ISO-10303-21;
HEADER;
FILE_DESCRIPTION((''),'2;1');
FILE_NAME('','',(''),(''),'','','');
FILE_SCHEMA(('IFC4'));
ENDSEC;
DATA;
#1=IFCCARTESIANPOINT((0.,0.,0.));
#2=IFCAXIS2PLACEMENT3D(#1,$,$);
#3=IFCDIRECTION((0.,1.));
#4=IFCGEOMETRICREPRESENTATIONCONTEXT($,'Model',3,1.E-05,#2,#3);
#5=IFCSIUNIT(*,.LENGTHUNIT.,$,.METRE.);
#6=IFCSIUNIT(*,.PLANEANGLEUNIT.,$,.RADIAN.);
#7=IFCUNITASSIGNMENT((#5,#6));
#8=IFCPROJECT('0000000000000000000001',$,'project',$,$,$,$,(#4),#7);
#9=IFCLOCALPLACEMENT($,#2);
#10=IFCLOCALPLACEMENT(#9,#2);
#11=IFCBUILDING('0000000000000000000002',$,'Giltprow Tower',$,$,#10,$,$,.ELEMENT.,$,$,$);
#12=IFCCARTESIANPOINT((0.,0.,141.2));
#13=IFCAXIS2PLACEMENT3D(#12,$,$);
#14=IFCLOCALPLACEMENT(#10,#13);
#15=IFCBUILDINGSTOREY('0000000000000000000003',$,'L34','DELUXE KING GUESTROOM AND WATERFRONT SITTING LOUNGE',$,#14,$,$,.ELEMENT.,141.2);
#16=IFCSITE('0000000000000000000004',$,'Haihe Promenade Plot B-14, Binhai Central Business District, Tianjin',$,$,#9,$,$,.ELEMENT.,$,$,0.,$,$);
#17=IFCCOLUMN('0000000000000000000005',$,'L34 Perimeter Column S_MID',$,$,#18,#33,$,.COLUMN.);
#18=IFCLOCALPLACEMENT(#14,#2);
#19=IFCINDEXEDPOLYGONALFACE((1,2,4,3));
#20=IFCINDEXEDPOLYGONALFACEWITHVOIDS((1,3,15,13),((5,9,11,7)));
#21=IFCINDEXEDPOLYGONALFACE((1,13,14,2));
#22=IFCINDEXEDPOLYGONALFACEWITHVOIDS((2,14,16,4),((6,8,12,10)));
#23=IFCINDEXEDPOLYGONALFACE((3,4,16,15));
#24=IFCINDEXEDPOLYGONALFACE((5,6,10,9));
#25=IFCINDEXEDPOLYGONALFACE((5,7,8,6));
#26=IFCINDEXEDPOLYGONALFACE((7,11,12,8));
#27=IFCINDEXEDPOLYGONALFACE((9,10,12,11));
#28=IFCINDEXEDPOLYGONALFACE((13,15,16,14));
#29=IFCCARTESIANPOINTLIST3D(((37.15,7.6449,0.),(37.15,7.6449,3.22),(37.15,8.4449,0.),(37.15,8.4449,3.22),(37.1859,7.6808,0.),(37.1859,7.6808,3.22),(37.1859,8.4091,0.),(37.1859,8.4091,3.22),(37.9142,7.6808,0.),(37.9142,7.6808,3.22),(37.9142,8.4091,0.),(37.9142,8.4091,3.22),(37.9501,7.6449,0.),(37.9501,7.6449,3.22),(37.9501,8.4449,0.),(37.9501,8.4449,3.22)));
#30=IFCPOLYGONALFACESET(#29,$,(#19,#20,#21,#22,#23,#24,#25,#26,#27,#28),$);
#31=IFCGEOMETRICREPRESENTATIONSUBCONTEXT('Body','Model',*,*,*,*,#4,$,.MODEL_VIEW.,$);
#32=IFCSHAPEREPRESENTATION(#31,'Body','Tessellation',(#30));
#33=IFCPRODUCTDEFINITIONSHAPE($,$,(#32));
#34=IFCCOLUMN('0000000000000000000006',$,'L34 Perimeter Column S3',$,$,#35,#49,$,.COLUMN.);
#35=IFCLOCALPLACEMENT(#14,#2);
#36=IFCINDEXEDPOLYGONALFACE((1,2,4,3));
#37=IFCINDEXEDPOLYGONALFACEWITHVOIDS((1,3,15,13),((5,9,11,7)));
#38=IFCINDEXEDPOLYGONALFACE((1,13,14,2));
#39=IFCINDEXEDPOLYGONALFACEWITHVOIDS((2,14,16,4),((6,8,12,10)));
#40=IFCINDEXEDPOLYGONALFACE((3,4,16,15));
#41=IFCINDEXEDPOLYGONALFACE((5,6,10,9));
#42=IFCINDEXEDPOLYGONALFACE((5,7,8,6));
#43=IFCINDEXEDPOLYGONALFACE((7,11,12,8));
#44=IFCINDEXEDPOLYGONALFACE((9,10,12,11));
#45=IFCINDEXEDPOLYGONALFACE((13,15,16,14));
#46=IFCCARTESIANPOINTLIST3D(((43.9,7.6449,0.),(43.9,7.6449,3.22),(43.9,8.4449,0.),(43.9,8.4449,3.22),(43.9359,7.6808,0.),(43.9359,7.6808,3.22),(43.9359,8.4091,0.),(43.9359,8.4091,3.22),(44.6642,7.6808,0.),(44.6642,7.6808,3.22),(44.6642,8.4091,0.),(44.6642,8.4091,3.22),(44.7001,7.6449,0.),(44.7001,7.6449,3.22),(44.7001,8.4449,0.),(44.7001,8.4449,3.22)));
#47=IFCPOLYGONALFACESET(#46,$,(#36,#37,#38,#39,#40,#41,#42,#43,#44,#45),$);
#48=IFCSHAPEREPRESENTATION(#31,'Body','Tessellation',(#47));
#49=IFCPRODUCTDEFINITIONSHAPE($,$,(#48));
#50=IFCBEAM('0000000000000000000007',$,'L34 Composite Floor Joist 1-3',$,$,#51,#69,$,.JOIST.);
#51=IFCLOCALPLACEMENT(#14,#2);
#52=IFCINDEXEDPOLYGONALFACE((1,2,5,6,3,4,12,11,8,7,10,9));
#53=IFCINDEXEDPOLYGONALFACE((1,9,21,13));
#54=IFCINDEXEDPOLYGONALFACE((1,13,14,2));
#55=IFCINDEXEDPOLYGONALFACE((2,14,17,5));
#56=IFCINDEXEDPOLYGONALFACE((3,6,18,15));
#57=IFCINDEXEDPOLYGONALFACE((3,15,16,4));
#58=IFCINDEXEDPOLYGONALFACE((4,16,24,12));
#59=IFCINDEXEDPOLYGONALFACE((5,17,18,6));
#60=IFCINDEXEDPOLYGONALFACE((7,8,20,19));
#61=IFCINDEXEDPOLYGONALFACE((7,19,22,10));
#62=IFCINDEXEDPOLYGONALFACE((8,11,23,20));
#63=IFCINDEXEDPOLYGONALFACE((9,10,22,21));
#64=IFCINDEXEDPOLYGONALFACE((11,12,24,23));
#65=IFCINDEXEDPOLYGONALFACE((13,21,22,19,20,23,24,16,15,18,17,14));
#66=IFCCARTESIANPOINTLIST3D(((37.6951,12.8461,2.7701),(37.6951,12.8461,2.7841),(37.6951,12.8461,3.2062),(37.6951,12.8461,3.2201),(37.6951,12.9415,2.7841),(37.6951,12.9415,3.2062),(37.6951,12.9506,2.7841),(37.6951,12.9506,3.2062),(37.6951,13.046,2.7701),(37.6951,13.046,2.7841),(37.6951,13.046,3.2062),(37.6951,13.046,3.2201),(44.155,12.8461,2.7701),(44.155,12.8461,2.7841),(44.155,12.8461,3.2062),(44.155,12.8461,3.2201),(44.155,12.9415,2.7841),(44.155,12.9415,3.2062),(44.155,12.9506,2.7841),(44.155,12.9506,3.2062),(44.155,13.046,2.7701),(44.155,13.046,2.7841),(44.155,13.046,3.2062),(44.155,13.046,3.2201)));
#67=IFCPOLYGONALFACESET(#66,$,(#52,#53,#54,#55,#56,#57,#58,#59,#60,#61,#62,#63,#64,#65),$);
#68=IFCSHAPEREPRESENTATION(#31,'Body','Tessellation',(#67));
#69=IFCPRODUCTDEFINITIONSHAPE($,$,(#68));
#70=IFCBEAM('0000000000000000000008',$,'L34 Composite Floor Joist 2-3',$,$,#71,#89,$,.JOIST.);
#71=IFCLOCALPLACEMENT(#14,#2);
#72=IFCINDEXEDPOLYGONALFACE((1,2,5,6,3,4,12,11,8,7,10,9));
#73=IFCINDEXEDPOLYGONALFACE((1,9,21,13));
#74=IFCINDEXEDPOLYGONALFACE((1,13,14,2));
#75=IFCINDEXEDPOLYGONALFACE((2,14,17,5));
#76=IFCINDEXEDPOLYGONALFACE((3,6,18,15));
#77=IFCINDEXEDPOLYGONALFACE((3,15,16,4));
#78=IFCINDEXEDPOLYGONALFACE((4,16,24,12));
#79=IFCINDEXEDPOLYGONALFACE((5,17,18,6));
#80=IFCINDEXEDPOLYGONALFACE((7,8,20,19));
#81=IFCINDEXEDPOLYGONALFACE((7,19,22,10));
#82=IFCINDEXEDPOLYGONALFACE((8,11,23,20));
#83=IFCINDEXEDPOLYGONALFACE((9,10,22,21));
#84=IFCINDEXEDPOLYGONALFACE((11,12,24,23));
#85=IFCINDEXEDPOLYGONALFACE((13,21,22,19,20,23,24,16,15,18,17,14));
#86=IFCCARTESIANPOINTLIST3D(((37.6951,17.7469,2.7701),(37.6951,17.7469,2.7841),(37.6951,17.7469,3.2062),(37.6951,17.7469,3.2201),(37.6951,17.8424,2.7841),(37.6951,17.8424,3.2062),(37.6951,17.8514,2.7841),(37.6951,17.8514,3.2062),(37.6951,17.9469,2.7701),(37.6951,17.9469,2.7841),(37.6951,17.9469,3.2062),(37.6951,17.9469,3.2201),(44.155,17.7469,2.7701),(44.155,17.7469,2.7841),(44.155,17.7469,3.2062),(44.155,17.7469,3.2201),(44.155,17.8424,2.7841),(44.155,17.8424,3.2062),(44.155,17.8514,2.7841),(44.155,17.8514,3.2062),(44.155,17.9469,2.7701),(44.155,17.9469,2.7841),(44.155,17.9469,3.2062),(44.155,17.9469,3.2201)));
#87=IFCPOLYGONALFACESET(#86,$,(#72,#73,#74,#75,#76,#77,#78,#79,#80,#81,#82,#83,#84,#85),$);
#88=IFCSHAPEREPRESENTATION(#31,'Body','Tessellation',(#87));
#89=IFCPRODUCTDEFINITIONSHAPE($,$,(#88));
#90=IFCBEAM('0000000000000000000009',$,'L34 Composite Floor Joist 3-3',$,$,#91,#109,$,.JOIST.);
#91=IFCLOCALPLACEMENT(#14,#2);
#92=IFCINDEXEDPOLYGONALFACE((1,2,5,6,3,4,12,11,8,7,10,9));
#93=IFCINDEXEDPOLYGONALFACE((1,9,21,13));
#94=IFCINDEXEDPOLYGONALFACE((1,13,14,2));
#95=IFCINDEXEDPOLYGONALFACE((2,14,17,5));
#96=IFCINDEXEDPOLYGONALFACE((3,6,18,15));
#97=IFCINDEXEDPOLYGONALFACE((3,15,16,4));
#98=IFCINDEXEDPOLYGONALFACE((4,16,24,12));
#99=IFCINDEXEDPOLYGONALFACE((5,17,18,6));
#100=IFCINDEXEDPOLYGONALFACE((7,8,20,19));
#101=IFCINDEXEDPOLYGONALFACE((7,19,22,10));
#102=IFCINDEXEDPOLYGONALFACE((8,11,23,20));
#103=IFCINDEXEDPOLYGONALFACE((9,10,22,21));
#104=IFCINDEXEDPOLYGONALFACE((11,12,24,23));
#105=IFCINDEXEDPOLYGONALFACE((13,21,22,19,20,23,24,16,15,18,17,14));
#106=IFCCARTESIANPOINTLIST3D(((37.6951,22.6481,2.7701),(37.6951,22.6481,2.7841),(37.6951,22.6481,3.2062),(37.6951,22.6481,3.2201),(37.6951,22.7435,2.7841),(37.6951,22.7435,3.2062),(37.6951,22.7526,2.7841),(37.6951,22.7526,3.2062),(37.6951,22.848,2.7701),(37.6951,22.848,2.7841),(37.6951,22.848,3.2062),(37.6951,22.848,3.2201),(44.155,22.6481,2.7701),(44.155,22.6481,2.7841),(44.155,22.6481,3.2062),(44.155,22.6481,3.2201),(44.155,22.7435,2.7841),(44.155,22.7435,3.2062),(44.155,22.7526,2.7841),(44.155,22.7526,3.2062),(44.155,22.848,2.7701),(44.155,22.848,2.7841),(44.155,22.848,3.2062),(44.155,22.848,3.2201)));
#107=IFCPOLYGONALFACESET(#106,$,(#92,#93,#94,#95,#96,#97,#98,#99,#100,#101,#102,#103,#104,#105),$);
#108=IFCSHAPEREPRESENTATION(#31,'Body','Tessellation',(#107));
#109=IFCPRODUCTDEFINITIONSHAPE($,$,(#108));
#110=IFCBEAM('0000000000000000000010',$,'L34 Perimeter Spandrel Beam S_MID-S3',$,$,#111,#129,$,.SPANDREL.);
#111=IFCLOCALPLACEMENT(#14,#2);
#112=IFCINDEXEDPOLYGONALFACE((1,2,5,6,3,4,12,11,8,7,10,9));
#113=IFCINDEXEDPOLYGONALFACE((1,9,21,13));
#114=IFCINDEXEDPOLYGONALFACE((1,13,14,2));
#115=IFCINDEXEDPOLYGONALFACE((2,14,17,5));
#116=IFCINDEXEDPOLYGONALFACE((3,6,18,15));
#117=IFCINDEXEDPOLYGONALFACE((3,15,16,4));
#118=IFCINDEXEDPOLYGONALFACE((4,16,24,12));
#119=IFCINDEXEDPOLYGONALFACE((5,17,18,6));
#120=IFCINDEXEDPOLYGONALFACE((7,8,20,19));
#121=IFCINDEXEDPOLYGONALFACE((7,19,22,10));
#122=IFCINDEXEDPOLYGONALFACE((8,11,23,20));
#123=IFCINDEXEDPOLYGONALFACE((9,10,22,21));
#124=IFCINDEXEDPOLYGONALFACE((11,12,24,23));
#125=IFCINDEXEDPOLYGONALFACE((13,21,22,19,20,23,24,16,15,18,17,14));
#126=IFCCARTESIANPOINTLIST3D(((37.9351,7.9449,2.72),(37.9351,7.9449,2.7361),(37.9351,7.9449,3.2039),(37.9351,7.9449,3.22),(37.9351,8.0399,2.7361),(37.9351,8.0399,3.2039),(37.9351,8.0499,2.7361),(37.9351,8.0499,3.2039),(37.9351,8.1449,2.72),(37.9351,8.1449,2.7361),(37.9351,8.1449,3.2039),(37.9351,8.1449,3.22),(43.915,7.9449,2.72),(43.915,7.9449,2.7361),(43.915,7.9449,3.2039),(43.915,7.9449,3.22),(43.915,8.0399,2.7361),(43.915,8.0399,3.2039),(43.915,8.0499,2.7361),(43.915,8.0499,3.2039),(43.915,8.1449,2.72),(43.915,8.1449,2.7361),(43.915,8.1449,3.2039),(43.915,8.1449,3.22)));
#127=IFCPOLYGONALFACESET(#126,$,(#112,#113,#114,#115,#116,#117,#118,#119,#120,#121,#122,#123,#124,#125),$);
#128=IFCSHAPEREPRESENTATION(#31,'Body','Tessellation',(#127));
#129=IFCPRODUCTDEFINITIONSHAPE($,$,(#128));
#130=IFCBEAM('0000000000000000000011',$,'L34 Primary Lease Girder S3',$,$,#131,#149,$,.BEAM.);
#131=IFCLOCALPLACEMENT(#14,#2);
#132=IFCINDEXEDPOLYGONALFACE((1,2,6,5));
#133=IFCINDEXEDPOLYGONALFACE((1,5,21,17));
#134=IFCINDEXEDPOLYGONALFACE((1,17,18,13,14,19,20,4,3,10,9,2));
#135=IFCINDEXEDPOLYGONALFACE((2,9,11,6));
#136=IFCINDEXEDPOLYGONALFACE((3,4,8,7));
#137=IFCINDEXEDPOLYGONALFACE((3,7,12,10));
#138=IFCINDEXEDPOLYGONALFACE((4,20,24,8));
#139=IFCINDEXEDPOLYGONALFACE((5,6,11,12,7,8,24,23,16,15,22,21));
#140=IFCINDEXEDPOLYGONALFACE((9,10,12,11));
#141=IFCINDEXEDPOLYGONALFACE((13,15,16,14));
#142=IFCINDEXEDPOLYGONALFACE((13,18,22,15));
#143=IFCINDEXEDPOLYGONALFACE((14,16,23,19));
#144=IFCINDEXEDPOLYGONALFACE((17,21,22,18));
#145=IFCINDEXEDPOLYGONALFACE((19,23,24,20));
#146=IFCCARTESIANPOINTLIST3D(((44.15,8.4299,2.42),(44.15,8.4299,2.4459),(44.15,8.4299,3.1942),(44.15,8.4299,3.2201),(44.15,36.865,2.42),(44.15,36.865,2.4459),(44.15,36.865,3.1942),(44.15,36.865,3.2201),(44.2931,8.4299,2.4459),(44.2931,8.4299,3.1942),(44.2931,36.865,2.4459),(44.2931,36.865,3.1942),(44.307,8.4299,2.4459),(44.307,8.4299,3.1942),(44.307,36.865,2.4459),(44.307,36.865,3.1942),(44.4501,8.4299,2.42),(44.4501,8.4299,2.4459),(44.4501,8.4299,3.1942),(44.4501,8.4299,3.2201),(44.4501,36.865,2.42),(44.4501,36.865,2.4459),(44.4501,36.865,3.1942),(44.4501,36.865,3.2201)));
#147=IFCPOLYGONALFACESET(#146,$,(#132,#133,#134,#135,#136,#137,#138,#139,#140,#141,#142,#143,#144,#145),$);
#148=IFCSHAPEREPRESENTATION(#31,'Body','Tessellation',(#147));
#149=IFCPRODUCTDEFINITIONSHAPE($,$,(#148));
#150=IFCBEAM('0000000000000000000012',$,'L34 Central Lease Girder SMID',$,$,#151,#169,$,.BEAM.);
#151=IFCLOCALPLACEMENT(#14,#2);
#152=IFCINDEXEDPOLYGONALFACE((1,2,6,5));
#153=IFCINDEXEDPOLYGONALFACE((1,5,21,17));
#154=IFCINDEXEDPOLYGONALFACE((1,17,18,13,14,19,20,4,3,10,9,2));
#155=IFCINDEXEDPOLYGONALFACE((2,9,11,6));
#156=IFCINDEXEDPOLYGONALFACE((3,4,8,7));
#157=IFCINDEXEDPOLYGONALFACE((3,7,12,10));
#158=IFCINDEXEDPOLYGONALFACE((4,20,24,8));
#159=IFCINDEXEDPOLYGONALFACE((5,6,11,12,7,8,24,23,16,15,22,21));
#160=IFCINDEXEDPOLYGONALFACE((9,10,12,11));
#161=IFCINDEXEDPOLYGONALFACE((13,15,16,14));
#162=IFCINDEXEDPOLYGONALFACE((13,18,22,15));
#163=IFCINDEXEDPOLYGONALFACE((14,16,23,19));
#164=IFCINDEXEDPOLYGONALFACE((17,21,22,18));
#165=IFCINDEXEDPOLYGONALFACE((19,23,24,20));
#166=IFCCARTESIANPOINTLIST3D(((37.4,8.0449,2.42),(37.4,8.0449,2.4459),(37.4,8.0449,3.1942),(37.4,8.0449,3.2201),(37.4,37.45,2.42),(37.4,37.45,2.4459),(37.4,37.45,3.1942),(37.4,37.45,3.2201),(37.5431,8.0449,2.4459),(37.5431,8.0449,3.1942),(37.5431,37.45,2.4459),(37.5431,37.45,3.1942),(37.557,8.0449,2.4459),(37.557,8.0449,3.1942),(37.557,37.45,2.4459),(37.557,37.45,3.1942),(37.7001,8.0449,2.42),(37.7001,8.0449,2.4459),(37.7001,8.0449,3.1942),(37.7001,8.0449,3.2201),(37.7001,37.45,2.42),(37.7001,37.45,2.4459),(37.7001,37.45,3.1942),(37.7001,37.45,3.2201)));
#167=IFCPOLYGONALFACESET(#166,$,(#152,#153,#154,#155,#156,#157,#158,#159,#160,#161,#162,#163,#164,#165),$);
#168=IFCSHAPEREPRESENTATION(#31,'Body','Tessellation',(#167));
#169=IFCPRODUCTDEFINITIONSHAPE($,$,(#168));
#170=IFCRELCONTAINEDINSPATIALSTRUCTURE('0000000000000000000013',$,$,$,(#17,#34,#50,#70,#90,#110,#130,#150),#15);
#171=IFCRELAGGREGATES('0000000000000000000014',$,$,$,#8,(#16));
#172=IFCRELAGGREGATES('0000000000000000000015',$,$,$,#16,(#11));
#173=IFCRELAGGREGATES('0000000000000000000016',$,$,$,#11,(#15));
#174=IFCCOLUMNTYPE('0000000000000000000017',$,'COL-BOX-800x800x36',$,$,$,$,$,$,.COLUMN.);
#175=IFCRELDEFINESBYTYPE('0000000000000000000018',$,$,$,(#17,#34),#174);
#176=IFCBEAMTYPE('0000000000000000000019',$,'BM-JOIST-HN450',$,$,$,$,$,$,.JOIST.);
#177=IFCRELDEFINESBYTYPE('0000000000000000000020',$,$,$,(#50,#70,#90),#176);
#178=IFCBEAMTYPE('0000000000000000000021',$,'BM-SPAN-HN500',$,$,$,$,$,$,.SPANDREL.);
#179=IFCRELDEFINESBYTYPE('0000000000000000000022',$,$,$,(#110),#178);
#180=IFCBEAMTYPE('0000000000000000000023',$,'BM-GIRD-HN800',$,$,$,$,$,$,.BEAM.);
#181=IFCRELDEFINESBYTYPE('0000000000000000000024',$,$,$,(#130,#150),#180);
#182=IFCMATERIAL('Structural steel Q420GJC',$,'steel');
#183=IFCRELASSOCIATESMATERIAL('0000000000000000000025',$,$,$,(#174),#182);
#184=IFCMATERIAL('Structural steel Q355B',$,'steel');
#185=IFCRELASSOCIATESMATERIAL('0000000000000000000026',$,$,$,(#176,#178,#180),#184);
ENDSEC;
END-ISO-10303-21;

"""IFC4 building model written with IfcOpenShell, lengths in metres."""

from ifc_helpers import new_model, si_unit, direction, frame, origin, origin_2d, place, context, subcontext, project, spatial, hollow_rectangle, i_section, extrude, source, transform, mapped, material, material_profile, profile_set, type_object, element, save


model = new_model("IFC4")

# Units and contexts
model_context = context("Model", 3, precision=1e-05, world=origin(), true_north=direction((0.0, 1.0)))
body_context = subcontext(model_context, "Body", "Model", "MODEL_VIEW")
ifc_project = project(units=[si_unit("LENGTHUNIT", "METRE"), si_unit("PLANEANGLEUNIT", "RADIAN")], contexts=[model_context])

# Site, building, storey
site_placement = place(None, origin())
site = spatial("IfcSite", under=ifc_project, at=site_placement, Name="Haihe Promenade Plot B-14, Binhai Central Business District, Tianjin", CompositionType="ELEMENT", RefElevation=0.0)
building_placement = place(site_placement, origin())
building = spatial("IfcBuilding", under=site, at=building_placement, Name="Giltprow Tower", CompositionType="ELEMENT")
storey_placement = place(building_placement, frame((0.0, 0.0, 141.2)))
storey = spatial("IfcBuildingStorey", under=building, at=storey_placement, Name="L34", Description="DELUXE KING GUESTROOM AND WATERFRONT SITTING LOUNGE", CompositionType="ELEMENT", Elevation=141.2)

# Columns
ifc_material_1 = material(Name="Structural steel Q420GJC", Category="steel")
ifc_material_profile_1 = material_profile(ifc_material_1, hollow_rectangle(XDim=0.8, YDim=0.8, WallThickness=0.0359, at=origin_2d()), Name="BOX 800x800x36")
ifc_profile_set_1 = profile_set([ifc_material_profile_1], Name="Structural steel Q420GJC")
column_type = type_object("IfcColumnType", Name="COL-BOX-800x800x36", PredefinedType="COLUMN", material=ifc_profile_set_1)
shared_shape_1 = source(origin(), body_context, "Body", "SweptSolid", [
    extrude(hollow_rectangle(XDim=0.8, YDim=0.8, WallThickness=0.0359, at=origin_2d()), origin(), (0.0, 0.0, 1.0), 3.22),
])
for number, where, z_axis, x_axis, name in (
    (1, (37.55, 8.0449, 0.0), (0.0, 0.0, 1.0), (1.0, 0.0, 0.0), "L34 Perimeter Column S_MID"),
    (2, (44.3, 8.0449, 0.0), (0.0, 0.0, 1.0), (1.0, 0.0, 0.0), "L34 Perimeter Column S3"),
):
    element("IfcColumn", number, at=place(storey_placement, frame(where, z_axis=z_axis, x_axis=x_axis)), inside=storey, type_object=column_type, Name=name, PredefinedType="COLUMN", context=body_context, shape_type="MappedRepresentation", body=[
        mapped(shared_shape_1, transform((0.0, 0.0, 0.0), x_axis=(1.0, 0.0, 0.0), y_axis=(0.0, 1.0, 0.0), z_axis=(0.0, 0.0, 1.0), scale=1.0)),
    ])

# Beams
ifc_material_2 = material(Name="Structural steel Q355B", Category="steel")
ifc_material_profile_2 = material_profile(ifc_material_2, i_section(OverallWidth=0.2, OverallDepth=0.45, WebThickness=0.009, FlangeThickness=0.0139, at=origin_2d()), Name="HN 450x200x9x14")
ifc_profile_set_2 = profile_set([ifc_material_profile_2], Name="Structural steel Q355B")
beam_type_1 = type_object("IfcBeamType", Name="BM-JOIST-HN450", PredefinedType="JOIST", material=ifc_profile_set_2)
shared_shape_2 = source(origin(), body_context, "Body", "SweptSolid", [
    extrude(i_section(OverallWidth=0.2, OverallDepth=0.45, WebThickness=0.009, FlangeThickness=0.0139, at=origin_2d()), origin(), (0.0, 0.0, 1.0), 6.46),
])
for number, where, z_axis, x_axis, name in (
    (3, (37.6951, 12.946, 2.9951), (1.0, 0.0, 0.0), (0.0, 1.0, 0.0), "L34 Composite Floor Joist 1-3"),
    (4, (37.6951, 17.8469, 2.9951), (1.0, 0.0, 0.0), (0.0, 1.0, 0.0), "L34 Composite Floor Joist 2-3"),
    (5, (37.6951, 22.748, 2.9951), (1.0, 0.0, 0.0), (0.0, 1.0, 0.0), "L34 Composite Floor Joist 3-3"),
):
    element("IfcBeam", number, at=place(storey_placement, frame(where, z_axis=z_axis, x_axis=x_axis)), inside=storey, type_object=beam_type_1, Name=name, PredefinedType="JOIST", context=body_context, shape_type="MappedRepresentation", body=[
        mapped(shared_shape_2, transform((0.0, 0.0, 0.0), x_axis=(1.0, 0.0, 0.0), y_axis=(0.0, 1.0, 0.0), z_axis=(0.0, 0.0, 1.0), scale=1.0)),
    ])
ifc_material_profile_3 = material_profile(ifc_material_2, i_section(OverallWidth=0.2, OverallDepth=0.5, WebThickness=0.01, FlangeThickness=0.0161, at=origin_2d()), Name="HN 500x200x10x16")
ifc_profile_set_3 = profile_set([ifc_material_profile_3], Name="Structural steel Q355B")
beam_type_2 = type_object("IfcBeamType", Name="BM-SPAN-HN500", PredefinedType="SPANDREL", material=ifc_profile_set_3)
shared_shape_3 = source(origin(), body_context, "Body", "SweptSolid", [
    extrude(i_section(OverallWidth=0.2, OverallDepth=0.5, WebThickness=0.01, FlangeThickness=0.0161, at=origin_2d()), origin(), (0.0, 0.0, 1.0), 5.98),
])
beam_1_placement = place(storey_placement, frame((37.9351, 8.0449, 2.97), z_axis=(1.0, 0.0, 0.0), x_axis=(0.0, 1.0, 0.0)))
element("IfcBeam", 6, at=beam_1_placement, inside=storey, type_object=beam_type_2, Name="L34 Perimeter Spandrel Beam S_MID-S3", PredefinedType="SPANDREL", context=body_context, shape_type="MappedRepresentation", body=[
    mapped(shared_shape_3, transform((0.0, 0.0, 0.0), x_axis=(1.0, 0.0, 0.0), y_axis=(0.0, 1.0, 0.0), z_axis=(0.0, 0.0, 1.0), scale=1.0)),
])
ifc_material_profile_4 = material_profile(ifc_material_2, i_section(OverallWidth=0.3, OverallDepth=0.8, WebThickness=0.0139, FlangeThickness=0.0259, at=origin_2d()), Name="HN 800x300x14x26")
ifc_profile_set_4 = profile_set([ifc_material_profile_4], Name="Structural steel Q355B")
beam_type_3 = type_object("IfcBeamType", Name="BM-GIRD-HN800", PredefinedType="BEAM", material=ifc_profile_set_4)
shared_shape_4 = source(origin(), body_context, "Body", "SweptSolid", [
    extrude(i_section(OverallWidth=0.3, OverallDepth=0.8, WebThickness=0.0139, FlangeThickness=0.0259, at=origin_2d()), origin(), (0.0, 0.0, 1.0), 28.4351),
])
beam_2_placement = place(storey_placement, frame((44.3, 8.4299, 2.8201), z_axis=(0.0, 1.0, 0.0), x_axis=(-1.0, 0.0, 0.0)))
element("IfcBeam", 7, at=beam_2_placement, inside=storey, type_object=beam_type_3, Name="L34 Primary Lease Girder S3", PredefinedType="BEAM", context=body_context, shape_type="MappedRepresentation", body=[
    mapped(shared_shape_4, transform((0.0, 0.0, 0.0), x_axis=(1.0, 0.0, 0.0), y_axis=(0.0, 1.0, 0.0), z_axis=(0.0, 0.0, 1.0), scale=1.0)),
])
shared_shape_5 = source(origin(), body_context, "Body", "SweptSolid", [
    extrude(i_section(OverallWidth=0.3, OverallDepth=0.8, WebThickness=0.0139, FlangeThickness=0.0259, at=origin_2d()), origin(), (0.0, 0.0, 1.0), 29.405),
])
beam_3_placement = place(storey_placement, frame((37.55, 8.0449, 2.8201), z_axis=(0.0, 1.0, 0.0), x_axis=(-1.0, 0.0, 0.0)))
element("IfcBeam", 8, at=beam_3_placement, inside=storey, type_object=beam_type_3, Name="L34 Central Lease Girder SMID", PredefinedType="BEAM", context=body_context, shape_type="MappedRepresentation", body=[
    mapped(shared_shape_5, transform((0.0, 0.0, 0.0), x_axis=(1.0, 0.0, 0.0), y_axis=(0.0, 1.0, 0.0), z_axis=(0.0, 0.0, 1.0), scale=1.0)),
])

save(model, "model.ifc")
